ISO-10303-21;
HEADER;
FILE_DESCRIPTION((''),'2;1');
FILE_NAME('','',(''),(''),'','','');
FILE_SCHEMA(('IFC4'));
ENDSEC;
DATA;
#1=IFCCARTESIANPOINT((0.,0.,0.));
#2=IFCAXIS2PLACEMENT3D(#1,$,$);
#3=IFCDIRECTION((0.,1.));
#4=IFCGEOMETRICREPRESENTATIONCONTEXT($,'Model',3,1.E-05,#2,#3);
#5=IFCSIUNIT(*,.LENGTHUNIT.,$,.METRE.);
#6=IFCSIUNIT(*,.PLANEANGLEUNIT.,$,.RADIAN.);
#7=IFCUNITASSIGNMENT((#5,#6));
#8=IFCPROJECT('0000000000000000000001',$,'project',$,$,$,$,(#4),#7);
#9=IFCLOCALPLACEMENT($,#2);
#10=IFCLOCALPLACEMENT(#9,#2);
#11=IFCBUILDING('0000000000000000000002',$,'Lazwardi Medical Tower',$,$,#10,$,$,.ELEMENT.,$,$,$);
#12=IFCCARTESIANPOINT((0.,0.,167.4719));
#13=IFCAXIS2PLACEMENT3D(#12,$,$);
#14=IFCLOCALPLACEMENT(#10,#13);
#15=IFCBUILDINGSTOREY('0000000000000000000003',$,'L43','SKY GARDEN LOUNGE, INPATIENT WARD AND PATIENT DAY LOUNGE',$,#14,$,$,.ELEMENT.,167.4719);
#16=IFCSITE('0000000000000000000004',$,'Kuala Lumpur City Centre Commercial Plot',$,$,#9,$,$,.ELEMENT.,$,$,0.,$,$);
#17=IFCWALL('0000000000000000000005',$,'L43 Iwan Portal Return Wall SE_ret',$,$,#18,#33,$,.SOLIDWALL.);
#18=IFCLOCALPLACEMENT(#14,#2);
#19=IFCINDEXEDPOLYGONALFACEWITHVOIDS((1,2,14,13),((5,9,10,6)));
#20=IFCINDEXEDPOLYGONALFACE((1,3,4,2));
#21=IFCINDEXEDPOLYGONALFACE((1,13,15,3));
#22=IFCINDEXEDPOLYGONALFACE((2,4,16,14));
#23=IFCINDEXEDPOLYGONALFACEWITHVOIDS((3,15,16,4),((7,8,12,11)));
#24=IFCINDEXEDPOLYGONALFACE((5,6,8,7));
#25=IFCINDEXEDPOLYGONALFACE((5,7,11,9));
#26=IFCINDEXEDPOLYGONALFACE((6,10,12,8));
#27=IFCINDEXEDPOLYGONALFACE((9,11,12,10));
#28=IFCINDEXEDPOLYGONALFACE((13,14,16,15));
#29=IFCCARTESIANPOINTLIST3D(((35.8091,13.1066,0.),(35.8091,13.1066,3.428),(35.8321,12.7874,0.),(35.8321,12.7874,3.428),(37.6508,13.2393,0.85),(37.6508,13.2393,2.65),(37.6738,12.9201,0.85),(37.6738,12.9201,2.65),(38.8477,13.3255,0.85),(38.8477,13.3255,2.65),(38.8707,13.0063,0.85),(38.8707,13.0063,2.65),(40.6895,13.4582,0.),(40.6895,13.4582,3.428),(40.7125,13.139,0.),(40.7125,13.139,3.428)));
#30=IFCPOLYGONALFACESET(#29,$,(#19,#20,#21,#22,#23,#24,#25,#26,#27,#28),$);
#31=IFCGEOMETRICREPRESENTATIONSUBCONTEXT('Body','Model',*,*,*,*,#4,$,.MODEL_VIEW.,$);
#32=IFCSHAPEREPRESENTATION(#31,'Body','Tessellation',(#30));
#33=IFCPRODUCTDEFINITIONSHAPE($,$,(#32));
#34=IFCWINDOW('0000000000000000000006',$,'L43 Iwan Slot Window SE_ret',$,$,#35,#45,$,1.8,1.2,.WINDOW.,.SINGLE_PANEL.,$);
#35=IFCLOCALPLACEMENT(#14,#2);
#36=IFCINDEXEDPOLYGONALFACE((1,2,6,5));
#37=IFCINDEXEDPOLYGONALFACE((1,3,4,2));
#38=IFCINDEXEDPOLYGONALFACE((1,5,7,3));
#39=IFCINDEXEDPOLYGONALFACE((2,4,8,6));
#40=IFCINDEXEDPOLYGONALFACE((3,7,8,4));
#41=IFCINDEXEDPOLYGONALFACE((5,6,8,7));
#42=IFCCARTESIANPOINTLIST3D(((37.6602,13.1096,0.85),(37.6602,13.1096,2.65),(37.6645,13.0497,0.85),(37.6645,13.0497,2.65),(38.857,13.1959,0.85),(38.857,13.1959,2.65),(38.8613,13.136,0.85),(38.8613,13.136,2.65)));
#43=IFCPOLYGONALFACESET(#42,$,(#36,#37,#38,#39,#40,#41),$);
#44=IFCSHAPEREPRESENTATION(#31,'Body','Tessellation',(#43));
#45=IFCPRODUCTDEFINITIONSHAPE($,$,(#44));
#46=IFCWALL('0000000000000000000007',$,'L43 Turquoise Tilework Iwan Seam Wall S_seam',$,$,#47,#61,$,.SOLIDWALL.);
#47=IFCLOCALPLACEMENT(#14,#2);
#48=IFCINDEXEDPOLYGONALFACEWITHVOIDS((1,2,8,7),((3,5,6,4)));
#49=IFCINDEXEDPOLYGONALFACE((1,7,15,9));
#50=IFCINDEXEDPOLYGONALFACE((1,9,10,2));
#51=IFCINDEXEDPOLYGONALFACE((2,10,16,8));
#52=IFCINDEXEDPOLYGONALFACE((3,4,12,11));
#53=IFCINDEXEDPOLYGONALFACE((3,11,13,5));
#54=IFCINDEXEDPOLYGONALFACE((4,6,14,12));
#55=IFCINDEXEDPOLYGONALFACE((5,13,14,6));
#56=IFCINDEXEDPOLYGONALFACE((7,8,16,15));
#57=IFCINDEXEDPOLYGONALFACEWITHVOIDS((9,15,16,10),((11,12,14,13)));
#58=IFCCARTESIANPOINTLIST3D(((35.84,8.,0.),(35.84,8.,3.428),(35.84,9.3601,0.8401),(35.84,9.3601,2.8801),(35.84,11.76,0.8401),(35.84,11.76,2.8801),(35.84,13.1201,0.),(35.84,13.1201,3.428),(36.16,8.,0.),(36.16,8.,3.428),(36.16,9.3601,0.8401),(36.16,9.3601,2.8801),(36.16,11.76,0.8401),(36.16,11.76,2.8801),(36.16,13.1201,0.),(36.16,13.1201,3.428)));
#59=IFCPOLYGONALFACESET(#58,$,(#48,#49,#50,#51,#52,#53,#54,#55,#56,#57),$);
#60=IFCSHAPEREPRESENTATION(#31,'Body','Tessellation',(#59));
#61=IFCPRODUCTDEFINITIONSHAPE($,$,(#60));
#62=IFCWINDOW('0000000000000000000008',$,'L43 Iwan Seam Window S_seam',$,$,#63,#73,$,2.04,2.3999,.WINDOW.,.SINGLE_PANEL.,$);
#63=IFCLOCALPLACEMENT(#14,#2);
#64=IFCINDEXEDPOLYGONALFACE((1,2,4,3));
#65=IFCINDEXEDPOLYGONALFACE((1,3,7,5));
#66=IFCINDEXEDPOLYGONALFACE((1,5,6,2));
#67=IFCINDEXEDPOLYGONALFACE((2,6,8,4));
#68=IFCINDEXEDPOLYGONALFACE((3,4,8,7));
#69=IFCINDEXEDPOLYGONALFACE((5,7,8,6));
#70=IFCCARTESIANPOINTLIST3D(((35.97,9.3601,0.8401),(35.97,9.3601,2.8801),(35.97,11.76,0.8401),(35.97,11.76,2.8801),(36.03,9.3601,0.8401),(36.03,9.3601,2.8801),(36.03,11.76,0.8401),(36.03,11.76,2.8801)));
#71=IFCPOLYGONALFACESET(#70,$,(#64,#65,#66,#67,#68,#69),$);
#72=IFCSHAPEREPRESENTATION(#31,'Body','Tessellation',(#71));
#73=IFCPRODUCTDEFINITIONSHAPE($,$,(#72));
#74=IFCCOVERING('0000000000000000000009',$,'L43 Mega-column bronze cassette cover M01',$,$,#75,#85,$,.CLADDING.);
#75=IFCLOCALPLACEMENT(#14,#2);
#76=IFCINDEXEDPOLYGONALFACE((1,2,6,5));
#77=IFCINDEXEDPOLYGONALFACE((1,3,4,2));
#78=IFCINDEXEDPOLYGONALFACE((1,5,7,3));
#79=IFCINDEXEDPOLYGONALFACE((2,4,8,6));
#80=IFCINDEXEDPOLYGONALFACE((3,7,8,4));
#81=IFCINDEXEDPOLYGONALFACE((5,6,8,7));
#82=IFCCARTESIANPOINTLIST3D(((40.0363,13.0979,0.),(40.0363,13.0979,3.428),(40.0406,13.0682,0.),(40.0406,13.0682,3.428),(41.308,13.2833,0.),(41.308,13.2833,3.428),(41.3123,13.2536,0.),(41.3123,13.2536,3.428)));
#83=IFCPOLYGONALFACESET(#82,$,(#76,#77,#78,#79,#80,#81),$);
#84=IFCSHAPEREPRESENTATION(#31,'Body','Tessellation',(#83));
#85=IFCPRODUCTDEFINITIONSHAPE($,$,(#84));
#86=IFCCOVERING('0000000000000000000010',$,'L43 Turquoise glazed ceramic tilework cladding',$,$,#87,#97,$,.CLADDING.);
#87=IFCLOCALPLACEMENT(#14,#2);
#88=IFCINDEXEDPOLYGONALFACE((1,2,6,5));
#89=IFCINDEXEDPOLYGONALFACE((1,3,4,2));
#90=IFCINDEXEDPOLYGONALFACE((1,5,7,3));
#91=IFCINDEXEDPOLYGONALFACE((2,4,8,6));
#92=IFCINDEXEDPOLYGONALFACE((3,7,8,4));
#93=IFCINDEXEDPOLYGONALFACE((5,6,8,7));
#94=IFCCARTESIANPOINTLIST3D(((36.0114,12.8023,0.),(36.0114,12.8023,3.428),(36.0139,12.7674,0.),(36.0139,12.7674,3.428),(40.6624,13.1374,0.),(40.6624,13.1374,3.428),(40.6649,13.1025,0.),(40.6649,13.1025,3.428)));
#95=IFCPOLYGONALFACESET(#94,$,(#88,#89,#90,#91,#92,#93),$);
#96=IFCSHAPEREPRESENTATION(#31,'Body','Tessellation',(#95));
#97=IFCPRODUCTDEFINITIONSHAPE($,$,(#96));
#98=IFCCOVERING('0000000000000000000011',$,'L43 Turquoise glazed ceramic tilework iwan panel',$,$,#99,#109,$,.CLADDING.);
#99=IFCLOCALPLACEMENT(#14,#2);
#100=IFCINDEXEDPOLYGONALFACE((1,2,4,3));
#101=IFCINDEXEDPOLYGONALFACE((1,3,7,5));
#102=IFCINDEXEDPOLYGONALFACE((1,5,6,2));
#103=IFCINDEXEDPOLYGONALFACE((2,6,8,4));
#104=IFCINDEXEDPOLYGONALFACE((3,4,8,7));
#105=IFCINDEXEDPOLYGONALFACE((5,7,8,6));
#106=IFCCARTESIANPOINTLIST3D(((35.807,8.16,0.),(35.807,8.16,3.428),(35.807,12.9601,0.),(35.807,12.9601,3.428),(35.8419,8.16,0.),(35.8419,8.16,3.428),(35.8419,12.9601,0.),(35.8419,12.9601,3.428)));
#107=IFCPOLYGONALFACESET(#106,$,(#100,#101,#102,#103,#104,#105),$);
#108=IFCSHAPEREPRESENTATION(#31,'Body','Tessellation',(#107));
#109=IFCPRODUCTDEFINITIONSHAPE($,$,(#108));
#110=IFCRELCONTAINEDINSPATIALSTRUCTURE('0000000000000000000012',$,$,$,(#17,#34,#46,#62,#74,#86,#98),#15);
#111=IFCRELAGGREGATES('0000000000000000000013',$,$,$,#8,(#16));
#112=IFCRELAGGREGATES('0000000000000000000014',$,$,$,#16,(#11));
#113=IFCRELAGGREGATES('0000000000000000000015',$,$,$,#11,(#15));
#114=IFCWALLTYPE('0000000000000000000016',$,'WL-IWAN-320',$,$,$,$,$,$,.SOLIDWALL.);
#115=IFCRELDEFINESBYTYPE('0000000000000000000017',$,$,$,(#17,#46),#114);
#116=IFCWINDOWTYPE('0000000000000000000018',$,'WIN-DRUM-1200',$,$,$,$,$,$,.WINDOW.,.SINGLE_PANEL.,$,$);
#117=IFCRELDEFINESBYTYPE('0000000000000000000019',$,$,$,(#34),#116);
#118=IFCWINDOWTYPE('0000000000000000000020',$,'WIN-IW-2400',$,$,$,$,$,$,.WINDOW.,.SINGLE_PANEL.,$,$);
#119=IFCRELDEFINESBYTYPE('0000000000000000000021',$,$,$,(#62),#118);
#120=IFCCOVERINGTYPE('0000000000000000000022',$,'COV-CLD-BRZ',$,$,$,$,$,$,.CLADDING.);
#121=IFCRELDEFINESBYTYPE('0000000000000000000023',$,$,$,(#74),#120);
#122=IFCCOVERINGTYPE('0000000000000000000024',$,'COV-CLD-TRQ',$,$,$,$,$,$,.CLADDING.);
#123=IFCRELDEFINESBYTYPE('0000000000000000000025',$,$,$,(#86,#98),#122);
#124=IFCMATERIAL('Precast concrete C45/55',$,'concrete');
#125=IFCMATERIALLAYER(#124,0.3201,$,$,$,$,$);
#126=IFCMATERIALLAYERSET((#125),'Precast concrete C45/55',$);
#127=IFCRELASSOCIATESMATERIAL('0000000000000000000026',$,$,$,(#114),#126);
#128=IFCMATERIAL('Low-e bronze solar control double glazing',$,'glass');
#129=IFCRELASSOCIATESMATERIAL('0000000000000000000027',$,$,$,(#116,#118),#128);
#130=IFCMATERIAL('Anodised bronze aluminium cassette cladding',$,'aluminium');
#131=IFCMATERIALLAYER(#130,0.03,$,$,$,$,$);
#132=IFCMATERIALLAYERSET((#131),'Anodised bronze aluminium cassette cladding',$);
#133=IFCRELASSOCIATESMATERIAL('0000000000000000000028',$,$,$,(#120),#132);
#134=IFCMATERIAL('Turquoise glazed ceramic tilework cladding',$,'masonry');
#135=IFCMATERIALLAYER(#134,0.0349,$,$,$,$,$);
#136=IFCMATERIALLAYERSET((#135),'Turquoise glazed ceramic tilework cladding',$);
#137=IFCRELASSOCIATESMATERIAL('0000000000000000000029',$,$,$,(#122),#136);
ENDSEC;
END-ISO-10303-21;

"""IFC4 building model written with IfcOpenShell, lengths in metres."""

from ifc_helpers import new_model, si_unit, direction, frame, frame_2d, origin, origin_2d, place, context, subcontext, project, spatial, rectangle, extrude, material, layer, layer_set, type_object, element, fill, save


model = new_model("IFC4")

# Units and contexts
model_context = context("Model", 3, precision=1e-05, world=origin(), true_north=direction((0.0, 1.0)))
body_context = subcontext(model_context, "Body", "Model", "MODEL_VIEW")
ifc_project = project(units=[si_unit("LENGTHUNIT", "METRE"), si_unit("PLANEANGLEUNIT", "RADIAN")], contexts=[model_context])

# Site, building, storey
site_placement = place(None, origin())
site = spatial("IfcSite", under=ifc_project, at=site_placement, Name="Kuala Lumpur City Centre Commercial Plot", CompositionType="ELEMENT", RefElevation=0.0)
building_placement = place(site_placement, origin())
building = spatial("IfcBuilding", under=site, at=building_placement, Name="Lazwardi Medical Tower", CompositionType="ELEMENT")
storey_placement = place(building_placement, frame((0.0, 0.0, 167.4719)))
storey = spatial("IfcBuildingStorey", under=building, at=storey_placement, Name="L43", Description="SKY GARDEN LOUNGE, INPATIENT WARD AND PATIENT DAY LOUNGE", CompositionType="ELEMENT", Elevation=167.4719)

# Shared definitions
ifc_material_1 = material(Name="Low-e bronze solar control double glazing", Category="glass")

# Walls, openings, windows
ifc_material_2 = material(Name="Precast concrete C45/55", Category="concrete")
ifc_layer_1 = layer(ifc_material_2, 0.3201)
ifc_layer_set_1 = layer_set([ifc_layer_1], Name="Precast concrete C45/55")
wall_type = type_object("IfcWallType", Name="WL-IWAN-320", PredefinedType="SOLIDWALL", material=ifc_layer_set_1)
wall_1_placement = place(storey_placement, frame((35.8206, 12.947, 0.0), z_axis=(0.0, 0.0, 1.0), x_axis=(0.997415, 0.07185, 0.0)))
wall_1 = element("IfcWall", 1, at=wall_1_placement, inside=storey, type_object=wall_type, Name="L43 Iwan Portal Return Wall SE_ret", PredefinedType="SOLIDWALL", context=body_context, shape_type="SweptSolid", body=[
    extrude(rectangle(XDim=4.8931, YDim=0.3201, at=frame_2d((2.4465, 0.0))), origin(), (0.0, 0.0, 1.0), 3.428),
])
opening_1_placement = place(wall_1_placement, frame((1.8464, 0.0, 0.8501)))
opening_1 = element("IfcOpeningElement", 2, at=opening_1_placement, cuts=wall_1, PredefinedType="OPENING", context=body_context, shape_type="SweptSolid", body=[
    extrude(rectangle(XDim=1.2, YDim=1.8, at=frame_2d((0.6001, 0.8999))), frame((0.0, 0.1699, 0.0), z_axis=(0.0, -1.0, 0.0), x_axis=(1.0, 0.0, 0.0)), (0.0, 0.0, 1.0), 0.3401),
])
window_type_1 = type_object("IfcWindowType", Name="WIN-DRUM-1200", PartitioningType="SINGLE_PANEL", PredefinedType="WINDOW", material=ifc_material_1)
window_1_placement = place(opening_1_placement, origin())
window_1 = element("IfcWindow", 3, at=window_1_placement, inside=storey, type_object=window_type_1, Name="L43 Iwan Slot Window SE_ret", OverallHeight=1.8, OverallWidth=1.2, PartitioningType="SINGLE_PANEL", PredefinedType="WINDOW", context=body_context, shape_type="SweptSolid", body=[
    extrude(rectangle(XDim=1.2, YDim=1.8, at=frame_2d((0.6001, 0.8999))), frame((0.0, 0.03, 0.0), z_axis=(0.0, -1.0, 0.0), x_axis=(1.0, 0.0, 0.0)), (0.0, 0.0, 1.0), 0.0601),
])
fill(opening_1, window_1)
wall_2_placement = place(storey_placement, frame((36.0, 8.0, 0.0), z_axis=(0.0, 0.0, 1.0), x_axis=(0.0, 1.0, 0.0)))
wall_2 = element("IfcWall", 4, at=wall_2_placement, inside=storey, type_object=wall_type, Name="L43 Turquoise Tilework Iwan Seam Wall S_seam", PredefinedType="SOLIDWALL", context=body_context, shape_type="SweptSolid", body=[
    extrude(rectangle(XDim=5.1201, YDim=0.3201, at=frame_2d((2.5601, 0.0))), origin(), (0.0, 0.0, 1.0), 3.428),
])
opening_2_placement = place(wall_2_placement, frame((1.3601, 0.0, 0.8401)))
opening_2 = element("IfcOpeningElement", 5, at=opening_2_placement, cuts=wall_2, PredefinedType="OPENING", context=body_context, shape_type="SweptSolid", body=[
    extrude(rectangle(XDim=2.3999, YDim=2.04, at=frame_2d((1.2, 1.02))), frame((0.0, 0.1699, 0.0), z_axis=(0.0, -1.0, 0.0), x_axis=(1.0, 0.0, 0.0)), (0.0, 0.0, 1.0), 0.3401),
])
window_type_2 = type_object("IfcWindowType", Name="WIN-IW-2400", PartitioningType="SINGLE_PANEL", PredefinedType="WINDOW", material=ifc_material_1)
window_2_placement = place(opening_2_placement, origin())
window_2 = element("IfcWindow", 6, at=window_2_placement, inside=storey, type_object=window_type_2, Name="L43 Iwan Seam Window S_seam", OverallHeight=2.04, OverallWidth=2.3999, PartitioningType="SINGLE_PANEL", PredefinedType="WINDOW", context=body_context, shape_type="SweptSolid", body=[
    extrude(rectangle(XDim=2.3999, YDim=2.04, at=frame_2d((1.2, 1.02))), frame((0.0, 0.03, 0.0), z_axis=(0.0, -1.0, 0.0), x_axis=(1.0, 0.0, 0.0)), (0.0, 0.0, 1.0), 0.0601),
])
fill(opening_2, window_2)

# Coverings
ifc_material_3 = material(Name="Anodised bronze aluminium cassette cladding", Category="aluminium")
ifc_layer_2 = layer(ifc_material_3, 0.03)
ifc_layer_set_2 = layer_set([ifc_layer_2], Name="Anodised bronze aluminium cassette cladding")
covering_type_1 = type_object("IfcCoveringType", Name="COV-CLD-BRZ", PredefinedType="CLADDING", material=ifc_layer_set_2)
covering_1_placement = place(storey_placement, frame((40.6743, 13.1758, 0.0), z_axis=(0.0, 0.0, 1.0), x_axis=(0.989539, 0.144265, 0.0)))
element("IfcCovering", 7, at=covering_1_placement, inside=storey, type_object=covering_type_1, Name="L43 Mega-column bronze cassette cover M01", PredefinedType="CLADDING", context=body_context, shape_type="SweptSolid", body=[
    extrude(rectangle(XDim=1.2852, YDim=0.03, at=origin_2d()), origin(), (0.0, 0.0, 1.0), 3.428),
])
ifc_material_4 = material(Name="Turquoise glazed ceramic tilework cladding", Category="masonry")
ifc_layer_3 = layer(ifc_material_4, 0.0349)
ifc_layer_set_3 = layer_set([ifc_layer_3], Name="Turquoise glazed ceramic tilework cladding")
covering_type_2 = type_object("IfcCoveringType", Name="COV-CLD-TRQ", PredefinedType="CLADDING", material=ifc_layer_set_3)
covering_2_placement = place(storey_placement, frame((38.3381, 12.9524, 0.0), z_axis=(0.0, 0.0, 1.0), x_axis=(0.997415, 0.071863, 0.0)))
element("IfcCovering", 8, at=covering_2_placement, inside=storey, type_object=covering_type_2, Name="L43 Turquoise glazed ceramic tilework cladding", PredefinedType="CLADDING", context=body_context, shape_type="SweptSolid", body=[
    extrude(rectangle(XDim=4.6631, YDim=0.0349, at=origin_2d()), origin(), (0.0, 0.0, 1.0), 3.428),
])
covering_3_placement = place(storey_placement, frame((35.8245, 10.5601, 0.0), z_axis=(0.0, 0.0, 1.0), x_axis=(0.0, 1.0, 0.0)))
element("IfcCovering", 9, at=covering_3_placement, inside=storey, type_object=covering_type_2, Name="L43 Turquoise glazed ceramic tilework iwan panel", PredefinedType="CLADDING", context=body_context, shape_type="SweptSolid", body=[
    extrude(rectangle(XDim=4.8, YDim=0.0349, at=origin_2d()), origin(), (0.0, 0.0, 1.0), 3.428),
])

save(model, "model.ifc")
